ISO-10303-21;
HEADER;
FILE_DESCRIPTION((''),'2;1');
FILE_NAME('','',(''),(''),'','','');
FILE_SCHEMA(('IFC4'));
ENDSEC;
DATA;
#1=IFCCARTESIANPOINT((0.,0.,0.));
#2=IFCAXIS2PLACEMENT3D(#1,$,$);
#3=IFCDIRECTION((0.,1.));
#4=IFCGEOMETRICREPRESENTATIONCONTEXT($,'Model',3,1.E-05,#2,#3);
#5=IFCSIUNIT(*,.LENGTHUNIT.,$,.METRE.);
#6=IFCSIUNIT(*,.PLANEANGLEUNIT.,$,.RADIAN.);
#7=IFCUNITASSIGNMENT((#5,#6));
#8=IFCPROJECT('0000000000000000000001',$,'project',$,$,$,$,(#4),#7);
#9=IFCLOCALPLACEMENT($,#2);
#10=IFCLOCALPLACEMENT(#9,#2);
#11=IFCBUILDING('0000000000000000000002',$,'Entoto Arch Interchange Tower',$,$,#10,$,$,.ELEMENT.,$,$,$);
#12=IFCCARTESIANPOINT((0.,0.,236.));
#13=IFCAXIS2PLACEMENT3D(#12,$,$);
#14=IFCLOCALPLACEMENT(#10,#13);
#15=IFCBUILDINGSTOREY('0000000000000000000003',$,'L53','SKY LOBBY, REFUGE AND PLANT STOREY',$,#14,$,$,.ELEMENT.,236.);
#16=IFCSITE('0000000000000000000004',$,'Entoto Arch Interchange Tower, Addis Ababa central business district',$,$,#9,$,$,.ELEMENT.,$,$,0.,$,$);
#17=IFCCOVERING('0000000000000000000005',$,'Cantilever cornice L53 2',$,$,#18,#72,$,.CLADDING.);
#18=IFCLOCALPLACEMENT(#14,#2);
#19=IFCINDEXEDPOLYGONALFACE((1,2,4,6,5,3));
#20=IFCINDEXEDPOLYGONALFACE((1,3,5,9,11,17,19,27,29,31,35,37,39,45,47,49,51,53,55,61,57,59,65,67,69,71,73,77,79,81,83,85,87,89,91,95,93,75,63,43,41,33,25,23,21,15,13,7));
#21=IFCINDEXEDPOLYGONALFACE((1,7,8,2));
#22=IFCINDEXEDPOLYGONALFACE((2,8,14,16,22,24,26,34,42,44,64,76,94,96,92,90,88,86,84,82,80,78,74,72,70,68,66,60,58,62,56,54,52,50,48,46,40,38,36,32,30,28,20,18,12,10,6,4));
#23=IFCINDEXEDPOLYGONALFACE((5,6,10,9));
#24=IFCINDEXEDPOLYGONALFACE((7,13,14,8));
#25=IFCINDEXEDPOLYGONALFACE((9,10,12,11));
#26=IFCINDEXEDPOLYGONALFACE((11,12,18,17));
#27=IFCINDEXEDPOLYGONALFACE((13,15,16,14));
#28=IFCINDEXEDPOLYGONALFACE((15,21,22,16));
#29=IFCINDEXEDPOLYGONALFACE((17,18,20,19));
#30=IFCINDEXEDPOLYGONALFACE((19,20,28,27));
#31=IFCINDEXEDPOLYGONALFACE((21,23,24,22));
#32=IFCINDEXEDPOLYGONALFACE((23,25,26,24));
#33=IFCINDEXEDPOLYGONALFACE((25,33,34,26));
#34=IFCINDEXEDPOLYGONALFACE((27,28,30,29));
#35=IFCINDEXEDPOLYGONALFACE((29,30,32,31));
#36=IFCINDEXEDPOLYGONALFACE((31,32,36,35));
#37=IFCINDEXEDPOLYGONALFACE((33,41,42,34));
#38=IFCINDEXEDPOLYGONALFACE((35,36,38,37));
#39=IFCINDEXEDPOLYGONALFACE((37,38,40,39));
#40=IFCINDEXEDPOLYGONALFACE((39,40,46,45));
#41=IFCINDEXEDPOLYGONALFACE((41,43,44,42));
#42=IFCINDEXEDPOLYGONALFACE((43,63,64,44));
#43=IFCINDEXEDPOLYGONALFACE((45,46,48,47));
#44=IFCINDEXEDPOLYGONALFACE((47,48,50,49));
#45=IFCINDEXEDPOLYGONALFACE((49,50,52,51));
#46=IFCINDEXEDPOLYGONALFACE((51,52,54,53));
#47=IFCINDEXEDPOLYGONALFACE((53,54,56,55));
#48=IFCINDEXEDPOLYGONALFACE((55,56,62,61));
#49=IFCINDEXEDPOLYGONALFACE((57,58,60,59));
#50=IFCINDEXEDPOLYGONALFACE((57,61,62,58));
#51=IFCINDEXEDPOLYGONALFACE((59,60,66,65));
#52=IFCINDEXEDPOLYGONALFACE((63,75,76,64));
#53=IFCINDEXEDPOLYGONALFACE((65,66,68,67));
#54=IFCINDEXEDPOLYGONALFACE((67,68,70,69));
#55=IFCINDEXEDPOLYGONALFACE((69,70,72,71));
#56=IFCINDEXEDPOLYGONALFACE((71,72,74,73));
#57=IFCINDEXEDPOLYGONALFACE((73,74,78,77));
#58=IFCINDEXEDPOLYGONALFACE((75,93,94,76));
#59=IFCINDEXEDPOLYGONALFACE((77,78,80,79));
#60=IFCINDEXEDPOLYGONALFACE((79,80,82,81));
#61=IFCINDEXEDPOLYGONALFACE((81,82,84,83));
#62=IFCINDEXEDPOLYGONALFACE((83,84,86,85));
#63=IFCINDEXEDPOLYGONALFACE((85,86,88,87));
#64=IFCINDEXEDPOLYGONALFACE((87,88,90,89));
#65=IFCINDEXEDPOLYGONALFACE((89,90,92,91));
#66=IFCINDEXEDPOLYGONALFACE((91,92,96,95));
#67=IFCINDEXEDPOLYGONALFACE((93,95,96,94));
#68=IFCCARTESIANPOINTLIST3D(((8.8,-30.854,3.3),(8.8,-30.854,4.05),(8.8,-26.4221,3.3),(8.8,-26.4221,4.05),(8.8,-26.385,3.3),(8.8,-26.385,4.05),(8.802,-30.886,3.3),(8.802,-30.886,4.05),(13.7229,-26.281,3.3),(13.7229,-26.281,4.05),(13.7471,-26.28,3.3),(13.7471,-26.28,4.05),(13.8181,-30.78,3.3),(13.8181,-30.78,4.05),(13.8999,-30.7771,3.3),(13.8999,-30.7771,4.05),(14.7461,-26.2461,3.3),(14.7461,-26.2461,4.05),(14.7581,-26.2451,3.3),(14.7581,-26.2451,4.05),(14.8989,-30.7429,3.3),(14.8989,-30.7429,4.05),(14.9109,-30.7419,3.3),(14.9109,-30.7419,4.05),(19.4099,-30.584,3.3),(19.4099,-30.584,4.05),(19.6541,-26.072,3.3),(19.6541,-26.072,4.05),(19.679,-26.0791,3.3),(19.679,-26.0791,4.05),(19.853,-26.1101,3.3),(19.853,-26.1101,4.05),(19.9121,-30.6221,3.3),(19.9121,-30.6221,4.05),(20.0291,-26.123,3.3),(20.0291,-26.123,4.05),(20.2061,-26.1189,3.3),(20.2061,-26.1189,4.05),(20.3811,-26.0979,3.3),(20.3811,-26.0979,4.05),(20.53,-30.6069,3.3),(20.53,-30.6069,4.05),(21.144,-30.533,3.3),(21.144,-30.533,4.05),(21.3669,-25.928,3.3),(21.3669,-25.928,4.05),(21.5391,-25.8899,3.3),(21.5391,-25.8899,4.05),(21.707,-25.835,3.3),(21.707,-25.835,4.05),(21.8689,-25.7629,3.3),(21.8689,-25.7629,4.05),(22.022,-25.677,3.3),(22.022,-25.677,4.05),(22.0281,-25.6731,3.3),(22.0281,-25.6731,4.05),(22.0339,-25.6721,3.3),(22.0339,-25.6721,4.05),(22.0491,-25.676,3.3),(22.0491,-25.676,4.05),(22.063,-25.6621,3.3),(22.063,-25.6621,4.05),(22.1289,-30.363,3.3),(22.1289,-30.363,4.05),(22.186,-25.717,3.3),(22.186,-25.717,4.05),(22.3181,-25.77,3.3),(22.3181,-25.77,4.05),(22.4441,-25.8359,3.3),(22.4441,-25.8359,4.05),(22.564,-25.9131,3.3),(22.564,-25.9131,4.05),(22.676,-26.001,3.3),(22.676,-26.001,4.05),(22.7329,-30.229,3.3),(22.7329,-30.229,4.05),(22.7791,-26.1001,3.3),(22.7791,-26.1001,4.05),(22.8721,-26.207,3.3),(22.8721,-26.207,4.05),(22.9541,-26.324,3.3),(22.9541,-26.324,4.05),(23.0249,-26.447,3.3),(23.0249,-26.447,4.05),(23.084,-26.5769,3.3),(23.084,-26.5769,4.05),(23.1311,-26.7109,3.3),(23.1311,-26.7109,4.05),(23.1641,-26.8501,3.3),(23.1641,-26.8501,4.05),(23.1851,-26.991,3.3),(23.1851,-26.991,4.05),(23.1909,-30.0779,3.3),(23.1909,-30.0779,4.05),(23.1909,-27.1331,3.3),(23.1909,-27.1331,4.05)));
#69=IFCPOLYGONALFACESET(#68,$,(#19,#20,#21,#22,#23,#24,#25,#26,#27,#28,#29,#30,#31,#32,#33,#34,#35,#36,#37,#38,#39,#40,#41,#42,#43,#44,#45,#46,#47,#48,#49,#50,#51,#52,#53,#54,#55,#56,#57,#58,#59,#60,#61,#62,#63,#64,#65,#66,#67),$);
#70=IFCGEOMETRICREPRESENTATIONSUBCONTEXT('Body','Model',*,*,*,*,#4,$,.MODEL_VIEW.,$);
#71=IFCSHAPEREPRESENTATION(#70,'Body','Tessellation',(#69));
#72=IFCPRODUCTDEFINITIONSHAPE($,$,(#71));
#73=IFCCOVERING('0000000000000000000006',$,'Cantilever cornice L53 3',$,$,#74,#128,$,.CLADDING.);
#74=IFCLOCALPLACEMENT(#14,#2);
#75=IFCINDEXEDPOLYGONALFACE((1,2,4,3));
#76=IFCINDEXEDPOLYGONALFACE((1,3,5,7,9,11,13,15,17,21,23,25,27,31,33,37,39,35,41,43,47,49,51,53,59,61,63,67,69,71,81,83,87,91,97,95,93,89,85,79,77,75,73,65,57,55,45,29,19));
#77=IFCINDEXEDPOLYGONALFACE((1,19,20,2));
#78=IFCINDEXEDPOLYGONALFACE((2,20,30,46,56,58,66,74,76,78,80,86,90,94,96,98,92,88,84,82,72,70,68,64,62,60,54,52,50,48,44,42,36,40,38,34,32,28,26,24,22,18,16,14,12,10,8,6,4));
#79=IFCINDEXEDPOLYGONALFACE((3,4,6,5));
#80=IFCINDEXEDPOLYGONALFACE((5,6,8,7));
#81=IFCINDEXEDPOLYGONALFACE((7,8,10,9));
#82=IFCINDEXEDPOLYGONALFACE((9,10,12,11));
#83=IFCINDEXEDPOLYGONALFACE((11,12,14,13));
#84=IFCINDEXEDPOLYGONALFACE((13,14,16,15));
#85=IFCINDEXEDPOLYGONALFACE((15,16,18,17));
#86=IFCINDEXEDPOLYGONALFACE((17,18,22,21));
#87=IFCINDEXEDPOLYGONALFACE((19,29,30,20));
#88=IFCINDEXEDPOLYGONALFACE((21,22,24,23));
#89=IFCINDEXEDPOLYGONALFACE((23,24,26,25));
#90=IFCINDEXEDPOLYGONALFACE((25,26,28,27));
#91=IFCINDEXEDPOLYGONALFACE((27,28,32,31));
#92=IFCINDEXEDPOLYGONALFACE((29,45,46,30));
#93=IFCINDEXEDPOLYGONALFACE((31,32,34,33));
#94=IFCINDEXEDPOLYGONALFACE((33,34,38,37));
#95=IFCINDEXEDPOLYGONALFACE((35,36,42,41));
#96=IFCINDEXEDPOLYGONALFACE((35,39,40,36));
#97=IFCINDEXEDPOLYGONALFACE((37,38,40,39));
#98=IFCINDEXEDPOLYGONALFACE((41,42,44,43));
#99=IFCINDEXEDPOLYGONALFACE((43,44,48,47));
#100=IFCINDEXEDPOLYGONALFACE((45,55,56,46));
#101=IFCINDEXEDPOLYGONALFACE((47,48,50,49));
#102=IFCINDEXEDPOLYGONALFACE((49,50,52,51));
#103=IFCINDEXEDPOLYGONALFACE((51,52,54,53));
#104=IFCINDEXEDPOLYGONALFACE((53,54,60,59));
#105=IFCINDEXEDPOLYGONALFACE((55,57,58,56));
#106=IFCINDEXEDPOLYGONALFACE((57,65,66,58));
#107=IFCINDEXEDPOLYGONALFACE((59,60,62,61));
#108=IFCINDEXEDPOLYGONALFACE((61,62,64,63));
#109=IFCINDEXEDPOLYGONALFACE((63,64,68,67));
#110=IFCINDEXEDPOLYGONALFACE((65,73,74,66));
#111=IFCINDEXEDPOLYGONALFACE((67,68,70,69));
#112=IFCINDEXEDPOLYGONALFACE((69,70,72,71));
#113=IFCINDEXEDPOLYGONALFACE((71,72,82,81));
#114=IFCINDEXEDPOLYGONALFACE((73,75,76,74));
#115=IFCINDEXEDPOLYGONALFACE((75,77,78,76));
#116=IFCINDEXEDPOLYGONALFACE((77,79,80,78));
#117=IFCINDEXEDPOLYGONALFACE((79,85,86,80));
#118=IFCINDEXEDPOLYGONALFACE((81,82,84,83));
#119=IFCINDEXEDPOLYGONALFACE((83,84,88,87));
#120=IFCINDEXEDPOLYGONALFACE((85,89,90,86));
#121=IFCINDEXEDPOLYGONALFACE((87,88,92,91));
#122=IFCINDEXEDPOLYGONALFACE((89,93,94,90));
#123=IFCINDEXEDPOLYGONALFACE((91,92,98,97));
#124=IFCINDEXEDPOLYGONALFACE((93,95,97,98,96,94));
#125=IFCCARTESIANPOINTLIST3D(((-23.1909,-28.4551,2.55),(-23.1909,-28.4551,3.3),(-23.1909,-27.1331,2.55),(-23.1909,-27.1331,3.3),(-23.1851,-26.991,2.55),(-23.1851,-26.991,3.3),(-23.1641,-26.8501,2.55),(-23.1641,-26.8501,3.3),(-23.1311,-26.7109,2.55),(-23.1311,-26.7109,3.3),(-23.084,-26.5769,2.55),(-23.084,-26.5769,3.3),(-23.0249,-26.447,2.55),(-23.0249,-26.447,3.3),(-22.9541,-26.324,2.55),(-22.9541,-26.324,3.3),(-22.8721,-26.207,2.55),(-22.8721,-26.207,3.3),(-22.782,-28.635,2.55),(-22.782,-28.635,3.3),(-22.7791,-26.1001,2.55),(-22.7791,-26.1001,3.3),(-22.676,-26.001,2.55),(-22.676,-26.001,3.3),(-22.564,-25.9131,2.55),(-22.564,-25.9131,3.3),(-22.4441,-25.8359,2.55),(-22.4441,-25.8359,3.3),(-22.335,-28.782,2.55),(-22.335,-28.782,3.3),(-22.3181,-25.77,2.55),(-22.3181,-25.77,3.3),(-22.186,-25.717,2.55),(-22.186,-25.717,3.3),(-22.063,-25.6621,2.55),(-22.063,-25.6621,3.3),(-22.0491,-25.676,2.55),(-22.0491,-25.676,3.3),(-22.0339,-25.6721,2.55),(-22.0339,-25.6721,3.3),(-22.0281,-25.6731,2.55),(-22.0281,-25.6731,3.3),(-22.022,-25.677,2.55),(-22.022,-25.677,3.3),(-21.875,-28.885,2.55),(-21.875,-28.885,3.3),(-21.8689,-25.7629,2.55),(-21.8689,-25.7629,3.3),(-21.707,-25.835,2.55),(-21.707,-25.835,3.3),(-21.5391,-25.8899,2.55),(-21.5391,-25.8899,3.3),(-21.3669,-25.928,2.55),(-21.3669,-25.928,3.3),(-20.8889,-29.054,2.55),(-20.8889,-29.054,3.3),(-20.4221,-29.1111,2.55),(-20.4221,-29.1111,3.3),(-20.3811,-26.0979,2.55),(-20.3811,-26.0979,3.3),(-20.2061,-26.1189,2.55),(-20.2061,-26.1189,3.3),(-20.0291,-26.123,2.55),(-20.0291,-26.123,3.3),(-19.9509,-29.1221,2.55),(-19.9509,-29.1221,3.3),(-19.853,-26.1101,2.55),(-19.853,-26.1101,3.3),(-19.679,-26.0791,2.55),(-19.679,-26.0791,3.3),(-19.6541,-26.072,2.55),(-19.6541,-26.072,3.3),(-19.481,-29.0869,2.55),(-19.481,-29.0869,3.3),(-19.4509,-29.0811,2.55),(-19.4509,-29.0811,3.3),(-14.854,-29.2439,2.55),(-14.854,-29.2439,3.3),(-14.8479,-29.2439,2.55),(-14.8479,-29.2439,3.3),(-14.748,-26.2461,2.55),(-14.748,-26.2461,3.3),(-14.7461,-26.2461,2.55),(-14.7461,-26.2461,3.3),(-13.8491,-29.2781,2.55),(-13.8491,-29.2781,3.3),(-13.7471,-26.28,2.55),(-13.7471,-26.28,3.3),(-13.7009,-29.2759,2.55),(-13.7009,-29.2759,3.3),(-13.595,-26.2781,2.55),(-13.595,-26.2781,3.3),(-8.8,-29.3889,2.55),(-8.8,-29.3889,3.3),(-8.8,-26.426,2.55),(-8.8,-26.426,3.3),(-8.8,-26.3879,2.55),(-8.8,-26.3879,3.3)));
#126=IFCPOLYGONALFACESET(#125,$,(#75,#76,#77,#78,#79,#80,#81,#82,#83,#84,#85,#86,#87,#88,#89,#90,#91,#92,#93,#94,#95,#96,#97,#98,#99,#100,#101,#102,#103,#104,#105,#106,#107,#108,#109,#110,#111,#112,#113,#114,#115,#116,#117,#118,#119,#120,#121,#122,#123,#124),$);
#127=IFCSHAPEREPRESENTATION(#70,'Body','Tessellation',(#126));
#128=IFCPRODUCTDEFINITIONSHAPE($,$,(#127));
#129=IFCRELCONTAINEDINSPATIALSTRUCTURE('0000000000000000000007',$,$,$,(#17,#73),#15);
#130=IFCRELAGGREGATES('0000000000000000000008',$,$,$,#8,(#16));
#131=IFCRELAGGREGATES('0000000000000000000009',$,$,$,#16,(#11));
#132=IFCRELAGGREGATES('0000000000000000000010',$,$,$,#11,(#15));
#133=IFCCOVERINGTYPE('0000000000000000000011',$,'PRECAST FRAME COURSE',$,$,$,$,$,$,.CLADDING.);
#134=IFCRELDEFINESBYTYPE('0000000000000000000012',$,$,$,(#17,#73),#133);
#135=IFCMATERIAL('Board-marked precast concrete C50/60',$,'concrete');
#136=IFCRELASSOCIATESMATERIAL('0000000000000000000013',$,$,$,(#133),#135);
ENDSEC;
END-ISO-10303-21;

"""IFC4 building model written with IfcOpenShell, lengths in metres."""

from ifc_helpers import new_model, si_unit, direction, frame, origin, place, context, subcontext, project, spatial, polyline, outline, extrude, material, type_object, element, save


model = new_model("IFC4")

# Units and contexts
model_context = context("Model", 3, precision=1e-05, world=origin(), true_north=direction((0.0, 1.0)))
body_context = subcontext(model_context, "Body", "Model", "MODEL_VIEW")
ifc_project = project(units=[si_unit("LENGTHUNIT", "METRE"), si_unit("PLANEANGLEUNIT", "RADIAN")], contexts=[model_context])

# Site, building, storey
site_placement = place(None, origin())
site = spatial("IfcSite", under=ifc_project, at=site_placement, Name="Entoto Arch Interchange Tower, Addis Ababa central business district", CompositionType="ELEMENT", RefElevation=0.0)
building_placement = place(site_placement, origin())
building = spatial("IfcBuilding", under=site, at=building_placement, Name="Entoto Arch Interchange Tower", CompositionType="ELEMENT")
storey_placement = place(building_placement, frame((0.0, 0.0, 236.0)))
storey = spatial("IfcBuildingStorey", under=building, at=storey_placement, Name="L53", Description="SKY LOBBY, REFUGE AND PLANT STOREY", CompositionType="ELEMENT", Elevation=236.0)

# Coverings
ifc_material = material(Name="Board-marked precast concrete C50/60", Category="concrete")
covering_type_1 = type_object("IfcCoveringType", Name="PRECAST FRAME COURSE", PredefinedType="CLADDING", material=ifc_material)
covering_1_placement = place(storey_placement, frame((0.0, 0.0, 3.3)))
element("IfcCovering", 1, at=covering_1_placement, inside=storey, type_object=covering_type_1, Name="Cantilever cornice L53 2", PredefinedType="CLADDING", context=body_context, shape_type="SweptSolid", body=[
    extrude(outline(polyline([(22.3181, -25.77), (22.4441, -25.8359), (22.564, -25.9131), (22.676, -26.001), (22.7791, -26.1001), (22.8721, -26.207), (22.9541, -26.324), (23.0249, -26.447), (23.084, -26.5769), (23.1311, -26.7109), (23.1641, -26.8501), (23.1851, -26.991), (23.1909, -27.1331), (23.1909, -30.0779), (22.7329, -30.229), (22.1289, -30.363), (21.144, -30.533), (20.53, -30.6069), (19.9121, -30.6221), (19.4099, -30.584), (14.9109, -30.7419), (14.8989, -30.7429), (13.8999, -30.7771), (13.8181, -30.78), (8.802, -30.886), (8.8, -30.854), (8.8, -26.4221), (8.8, -26.385), (13.7229, -26.281), (13.7471, -26.28), (14.7461, -26.2461), (14.7581, -26.2451), (19.6541, -26.072), (19.679, -26.0791), (19.853, -26.1101), (20.0291, -26.123), (20.2061, -26.1189), (20.3811, -26.0979), (21.3669, -25.928), (21.5391, -25.8899), (21.707, -25.835), (21.8689, -25.7629), (22.022, -25.677), (22.0281, -25.6731), (22.063, -25.6621), (22.0339, -25.6721), (22.0491, -25.676), (22.186, -25.717), (22.3181, -25.77)])), origin(), (0.0, 0.0, 1.0), 0.75),
])
covering_2_placement = place(storey_placement, frame((0.0, 0.0, 2.55)))
element("IfcCovering", 2, at=covering_2_placement, inside=storey, type_object=covering_type_1, Name="Cantilever cornice L53 3", PredefinedType="CLADDING", context=body_context, shape_type="SweptSolid", body=[
    extrude(outline(polyline([(-23.1851, -26.991), (-23.1641, -26.8501), (-23.1311, -26.7109), (-23.084, -26.5769), (-23.0249, -26.447), (-22.9541, -26.324), (-22.8721, -26.207), (-22.7791, -26.1001), (-22.676, -26.001), (-22.564, -25.9131), (-22.4441, -25.8359), (-22.3181, -25.77), (-22.186, -25.717), (-22.0491, -25.676), (-22.0339, -25.6721), (-22.063, -25.6621), (-22.0281, -25.6731), (-22.022, -25.677), (-21.8689, -25.7629), (-21.707, -25.835), (-21.5391, -25.8899), (-21.3669, -25.928), (-20.3811, -26.0979), (-20.2061, -26.1189), (-20.0291, -26.123), (-19.853, -26.1101), (-19.679, -26.0791), (-19.6541, -26.072), (-14.748, -26.2461), (-14.7461, -26.2461), (-13.7471, -26.28), (-13.595, -26.2781), (-8.8, -26.3879), (-8.8, -26.426), (-8.8, -29.3889), (-13.7009, -29.2759), (-13.8491, -29.2781), (-14.8479, -29.2439), (-14.854, -29.2439), (-19.4509, -29.0811), (-19.481, -29.0869), (-19.9509, -29.1221), (-20.4221, -29.1111), (-20.8889, -29.054), (-21.875, -28.885), (-22.335, -28.782), (-22.782, -28.635), (-23.1909, -28.4551), (-23.1909, -27.1331), (-23.1851, -26.991)])), origin(), (0.0, 0.0, 1.0), 0.75),
])

save(model, "model.ifc")
